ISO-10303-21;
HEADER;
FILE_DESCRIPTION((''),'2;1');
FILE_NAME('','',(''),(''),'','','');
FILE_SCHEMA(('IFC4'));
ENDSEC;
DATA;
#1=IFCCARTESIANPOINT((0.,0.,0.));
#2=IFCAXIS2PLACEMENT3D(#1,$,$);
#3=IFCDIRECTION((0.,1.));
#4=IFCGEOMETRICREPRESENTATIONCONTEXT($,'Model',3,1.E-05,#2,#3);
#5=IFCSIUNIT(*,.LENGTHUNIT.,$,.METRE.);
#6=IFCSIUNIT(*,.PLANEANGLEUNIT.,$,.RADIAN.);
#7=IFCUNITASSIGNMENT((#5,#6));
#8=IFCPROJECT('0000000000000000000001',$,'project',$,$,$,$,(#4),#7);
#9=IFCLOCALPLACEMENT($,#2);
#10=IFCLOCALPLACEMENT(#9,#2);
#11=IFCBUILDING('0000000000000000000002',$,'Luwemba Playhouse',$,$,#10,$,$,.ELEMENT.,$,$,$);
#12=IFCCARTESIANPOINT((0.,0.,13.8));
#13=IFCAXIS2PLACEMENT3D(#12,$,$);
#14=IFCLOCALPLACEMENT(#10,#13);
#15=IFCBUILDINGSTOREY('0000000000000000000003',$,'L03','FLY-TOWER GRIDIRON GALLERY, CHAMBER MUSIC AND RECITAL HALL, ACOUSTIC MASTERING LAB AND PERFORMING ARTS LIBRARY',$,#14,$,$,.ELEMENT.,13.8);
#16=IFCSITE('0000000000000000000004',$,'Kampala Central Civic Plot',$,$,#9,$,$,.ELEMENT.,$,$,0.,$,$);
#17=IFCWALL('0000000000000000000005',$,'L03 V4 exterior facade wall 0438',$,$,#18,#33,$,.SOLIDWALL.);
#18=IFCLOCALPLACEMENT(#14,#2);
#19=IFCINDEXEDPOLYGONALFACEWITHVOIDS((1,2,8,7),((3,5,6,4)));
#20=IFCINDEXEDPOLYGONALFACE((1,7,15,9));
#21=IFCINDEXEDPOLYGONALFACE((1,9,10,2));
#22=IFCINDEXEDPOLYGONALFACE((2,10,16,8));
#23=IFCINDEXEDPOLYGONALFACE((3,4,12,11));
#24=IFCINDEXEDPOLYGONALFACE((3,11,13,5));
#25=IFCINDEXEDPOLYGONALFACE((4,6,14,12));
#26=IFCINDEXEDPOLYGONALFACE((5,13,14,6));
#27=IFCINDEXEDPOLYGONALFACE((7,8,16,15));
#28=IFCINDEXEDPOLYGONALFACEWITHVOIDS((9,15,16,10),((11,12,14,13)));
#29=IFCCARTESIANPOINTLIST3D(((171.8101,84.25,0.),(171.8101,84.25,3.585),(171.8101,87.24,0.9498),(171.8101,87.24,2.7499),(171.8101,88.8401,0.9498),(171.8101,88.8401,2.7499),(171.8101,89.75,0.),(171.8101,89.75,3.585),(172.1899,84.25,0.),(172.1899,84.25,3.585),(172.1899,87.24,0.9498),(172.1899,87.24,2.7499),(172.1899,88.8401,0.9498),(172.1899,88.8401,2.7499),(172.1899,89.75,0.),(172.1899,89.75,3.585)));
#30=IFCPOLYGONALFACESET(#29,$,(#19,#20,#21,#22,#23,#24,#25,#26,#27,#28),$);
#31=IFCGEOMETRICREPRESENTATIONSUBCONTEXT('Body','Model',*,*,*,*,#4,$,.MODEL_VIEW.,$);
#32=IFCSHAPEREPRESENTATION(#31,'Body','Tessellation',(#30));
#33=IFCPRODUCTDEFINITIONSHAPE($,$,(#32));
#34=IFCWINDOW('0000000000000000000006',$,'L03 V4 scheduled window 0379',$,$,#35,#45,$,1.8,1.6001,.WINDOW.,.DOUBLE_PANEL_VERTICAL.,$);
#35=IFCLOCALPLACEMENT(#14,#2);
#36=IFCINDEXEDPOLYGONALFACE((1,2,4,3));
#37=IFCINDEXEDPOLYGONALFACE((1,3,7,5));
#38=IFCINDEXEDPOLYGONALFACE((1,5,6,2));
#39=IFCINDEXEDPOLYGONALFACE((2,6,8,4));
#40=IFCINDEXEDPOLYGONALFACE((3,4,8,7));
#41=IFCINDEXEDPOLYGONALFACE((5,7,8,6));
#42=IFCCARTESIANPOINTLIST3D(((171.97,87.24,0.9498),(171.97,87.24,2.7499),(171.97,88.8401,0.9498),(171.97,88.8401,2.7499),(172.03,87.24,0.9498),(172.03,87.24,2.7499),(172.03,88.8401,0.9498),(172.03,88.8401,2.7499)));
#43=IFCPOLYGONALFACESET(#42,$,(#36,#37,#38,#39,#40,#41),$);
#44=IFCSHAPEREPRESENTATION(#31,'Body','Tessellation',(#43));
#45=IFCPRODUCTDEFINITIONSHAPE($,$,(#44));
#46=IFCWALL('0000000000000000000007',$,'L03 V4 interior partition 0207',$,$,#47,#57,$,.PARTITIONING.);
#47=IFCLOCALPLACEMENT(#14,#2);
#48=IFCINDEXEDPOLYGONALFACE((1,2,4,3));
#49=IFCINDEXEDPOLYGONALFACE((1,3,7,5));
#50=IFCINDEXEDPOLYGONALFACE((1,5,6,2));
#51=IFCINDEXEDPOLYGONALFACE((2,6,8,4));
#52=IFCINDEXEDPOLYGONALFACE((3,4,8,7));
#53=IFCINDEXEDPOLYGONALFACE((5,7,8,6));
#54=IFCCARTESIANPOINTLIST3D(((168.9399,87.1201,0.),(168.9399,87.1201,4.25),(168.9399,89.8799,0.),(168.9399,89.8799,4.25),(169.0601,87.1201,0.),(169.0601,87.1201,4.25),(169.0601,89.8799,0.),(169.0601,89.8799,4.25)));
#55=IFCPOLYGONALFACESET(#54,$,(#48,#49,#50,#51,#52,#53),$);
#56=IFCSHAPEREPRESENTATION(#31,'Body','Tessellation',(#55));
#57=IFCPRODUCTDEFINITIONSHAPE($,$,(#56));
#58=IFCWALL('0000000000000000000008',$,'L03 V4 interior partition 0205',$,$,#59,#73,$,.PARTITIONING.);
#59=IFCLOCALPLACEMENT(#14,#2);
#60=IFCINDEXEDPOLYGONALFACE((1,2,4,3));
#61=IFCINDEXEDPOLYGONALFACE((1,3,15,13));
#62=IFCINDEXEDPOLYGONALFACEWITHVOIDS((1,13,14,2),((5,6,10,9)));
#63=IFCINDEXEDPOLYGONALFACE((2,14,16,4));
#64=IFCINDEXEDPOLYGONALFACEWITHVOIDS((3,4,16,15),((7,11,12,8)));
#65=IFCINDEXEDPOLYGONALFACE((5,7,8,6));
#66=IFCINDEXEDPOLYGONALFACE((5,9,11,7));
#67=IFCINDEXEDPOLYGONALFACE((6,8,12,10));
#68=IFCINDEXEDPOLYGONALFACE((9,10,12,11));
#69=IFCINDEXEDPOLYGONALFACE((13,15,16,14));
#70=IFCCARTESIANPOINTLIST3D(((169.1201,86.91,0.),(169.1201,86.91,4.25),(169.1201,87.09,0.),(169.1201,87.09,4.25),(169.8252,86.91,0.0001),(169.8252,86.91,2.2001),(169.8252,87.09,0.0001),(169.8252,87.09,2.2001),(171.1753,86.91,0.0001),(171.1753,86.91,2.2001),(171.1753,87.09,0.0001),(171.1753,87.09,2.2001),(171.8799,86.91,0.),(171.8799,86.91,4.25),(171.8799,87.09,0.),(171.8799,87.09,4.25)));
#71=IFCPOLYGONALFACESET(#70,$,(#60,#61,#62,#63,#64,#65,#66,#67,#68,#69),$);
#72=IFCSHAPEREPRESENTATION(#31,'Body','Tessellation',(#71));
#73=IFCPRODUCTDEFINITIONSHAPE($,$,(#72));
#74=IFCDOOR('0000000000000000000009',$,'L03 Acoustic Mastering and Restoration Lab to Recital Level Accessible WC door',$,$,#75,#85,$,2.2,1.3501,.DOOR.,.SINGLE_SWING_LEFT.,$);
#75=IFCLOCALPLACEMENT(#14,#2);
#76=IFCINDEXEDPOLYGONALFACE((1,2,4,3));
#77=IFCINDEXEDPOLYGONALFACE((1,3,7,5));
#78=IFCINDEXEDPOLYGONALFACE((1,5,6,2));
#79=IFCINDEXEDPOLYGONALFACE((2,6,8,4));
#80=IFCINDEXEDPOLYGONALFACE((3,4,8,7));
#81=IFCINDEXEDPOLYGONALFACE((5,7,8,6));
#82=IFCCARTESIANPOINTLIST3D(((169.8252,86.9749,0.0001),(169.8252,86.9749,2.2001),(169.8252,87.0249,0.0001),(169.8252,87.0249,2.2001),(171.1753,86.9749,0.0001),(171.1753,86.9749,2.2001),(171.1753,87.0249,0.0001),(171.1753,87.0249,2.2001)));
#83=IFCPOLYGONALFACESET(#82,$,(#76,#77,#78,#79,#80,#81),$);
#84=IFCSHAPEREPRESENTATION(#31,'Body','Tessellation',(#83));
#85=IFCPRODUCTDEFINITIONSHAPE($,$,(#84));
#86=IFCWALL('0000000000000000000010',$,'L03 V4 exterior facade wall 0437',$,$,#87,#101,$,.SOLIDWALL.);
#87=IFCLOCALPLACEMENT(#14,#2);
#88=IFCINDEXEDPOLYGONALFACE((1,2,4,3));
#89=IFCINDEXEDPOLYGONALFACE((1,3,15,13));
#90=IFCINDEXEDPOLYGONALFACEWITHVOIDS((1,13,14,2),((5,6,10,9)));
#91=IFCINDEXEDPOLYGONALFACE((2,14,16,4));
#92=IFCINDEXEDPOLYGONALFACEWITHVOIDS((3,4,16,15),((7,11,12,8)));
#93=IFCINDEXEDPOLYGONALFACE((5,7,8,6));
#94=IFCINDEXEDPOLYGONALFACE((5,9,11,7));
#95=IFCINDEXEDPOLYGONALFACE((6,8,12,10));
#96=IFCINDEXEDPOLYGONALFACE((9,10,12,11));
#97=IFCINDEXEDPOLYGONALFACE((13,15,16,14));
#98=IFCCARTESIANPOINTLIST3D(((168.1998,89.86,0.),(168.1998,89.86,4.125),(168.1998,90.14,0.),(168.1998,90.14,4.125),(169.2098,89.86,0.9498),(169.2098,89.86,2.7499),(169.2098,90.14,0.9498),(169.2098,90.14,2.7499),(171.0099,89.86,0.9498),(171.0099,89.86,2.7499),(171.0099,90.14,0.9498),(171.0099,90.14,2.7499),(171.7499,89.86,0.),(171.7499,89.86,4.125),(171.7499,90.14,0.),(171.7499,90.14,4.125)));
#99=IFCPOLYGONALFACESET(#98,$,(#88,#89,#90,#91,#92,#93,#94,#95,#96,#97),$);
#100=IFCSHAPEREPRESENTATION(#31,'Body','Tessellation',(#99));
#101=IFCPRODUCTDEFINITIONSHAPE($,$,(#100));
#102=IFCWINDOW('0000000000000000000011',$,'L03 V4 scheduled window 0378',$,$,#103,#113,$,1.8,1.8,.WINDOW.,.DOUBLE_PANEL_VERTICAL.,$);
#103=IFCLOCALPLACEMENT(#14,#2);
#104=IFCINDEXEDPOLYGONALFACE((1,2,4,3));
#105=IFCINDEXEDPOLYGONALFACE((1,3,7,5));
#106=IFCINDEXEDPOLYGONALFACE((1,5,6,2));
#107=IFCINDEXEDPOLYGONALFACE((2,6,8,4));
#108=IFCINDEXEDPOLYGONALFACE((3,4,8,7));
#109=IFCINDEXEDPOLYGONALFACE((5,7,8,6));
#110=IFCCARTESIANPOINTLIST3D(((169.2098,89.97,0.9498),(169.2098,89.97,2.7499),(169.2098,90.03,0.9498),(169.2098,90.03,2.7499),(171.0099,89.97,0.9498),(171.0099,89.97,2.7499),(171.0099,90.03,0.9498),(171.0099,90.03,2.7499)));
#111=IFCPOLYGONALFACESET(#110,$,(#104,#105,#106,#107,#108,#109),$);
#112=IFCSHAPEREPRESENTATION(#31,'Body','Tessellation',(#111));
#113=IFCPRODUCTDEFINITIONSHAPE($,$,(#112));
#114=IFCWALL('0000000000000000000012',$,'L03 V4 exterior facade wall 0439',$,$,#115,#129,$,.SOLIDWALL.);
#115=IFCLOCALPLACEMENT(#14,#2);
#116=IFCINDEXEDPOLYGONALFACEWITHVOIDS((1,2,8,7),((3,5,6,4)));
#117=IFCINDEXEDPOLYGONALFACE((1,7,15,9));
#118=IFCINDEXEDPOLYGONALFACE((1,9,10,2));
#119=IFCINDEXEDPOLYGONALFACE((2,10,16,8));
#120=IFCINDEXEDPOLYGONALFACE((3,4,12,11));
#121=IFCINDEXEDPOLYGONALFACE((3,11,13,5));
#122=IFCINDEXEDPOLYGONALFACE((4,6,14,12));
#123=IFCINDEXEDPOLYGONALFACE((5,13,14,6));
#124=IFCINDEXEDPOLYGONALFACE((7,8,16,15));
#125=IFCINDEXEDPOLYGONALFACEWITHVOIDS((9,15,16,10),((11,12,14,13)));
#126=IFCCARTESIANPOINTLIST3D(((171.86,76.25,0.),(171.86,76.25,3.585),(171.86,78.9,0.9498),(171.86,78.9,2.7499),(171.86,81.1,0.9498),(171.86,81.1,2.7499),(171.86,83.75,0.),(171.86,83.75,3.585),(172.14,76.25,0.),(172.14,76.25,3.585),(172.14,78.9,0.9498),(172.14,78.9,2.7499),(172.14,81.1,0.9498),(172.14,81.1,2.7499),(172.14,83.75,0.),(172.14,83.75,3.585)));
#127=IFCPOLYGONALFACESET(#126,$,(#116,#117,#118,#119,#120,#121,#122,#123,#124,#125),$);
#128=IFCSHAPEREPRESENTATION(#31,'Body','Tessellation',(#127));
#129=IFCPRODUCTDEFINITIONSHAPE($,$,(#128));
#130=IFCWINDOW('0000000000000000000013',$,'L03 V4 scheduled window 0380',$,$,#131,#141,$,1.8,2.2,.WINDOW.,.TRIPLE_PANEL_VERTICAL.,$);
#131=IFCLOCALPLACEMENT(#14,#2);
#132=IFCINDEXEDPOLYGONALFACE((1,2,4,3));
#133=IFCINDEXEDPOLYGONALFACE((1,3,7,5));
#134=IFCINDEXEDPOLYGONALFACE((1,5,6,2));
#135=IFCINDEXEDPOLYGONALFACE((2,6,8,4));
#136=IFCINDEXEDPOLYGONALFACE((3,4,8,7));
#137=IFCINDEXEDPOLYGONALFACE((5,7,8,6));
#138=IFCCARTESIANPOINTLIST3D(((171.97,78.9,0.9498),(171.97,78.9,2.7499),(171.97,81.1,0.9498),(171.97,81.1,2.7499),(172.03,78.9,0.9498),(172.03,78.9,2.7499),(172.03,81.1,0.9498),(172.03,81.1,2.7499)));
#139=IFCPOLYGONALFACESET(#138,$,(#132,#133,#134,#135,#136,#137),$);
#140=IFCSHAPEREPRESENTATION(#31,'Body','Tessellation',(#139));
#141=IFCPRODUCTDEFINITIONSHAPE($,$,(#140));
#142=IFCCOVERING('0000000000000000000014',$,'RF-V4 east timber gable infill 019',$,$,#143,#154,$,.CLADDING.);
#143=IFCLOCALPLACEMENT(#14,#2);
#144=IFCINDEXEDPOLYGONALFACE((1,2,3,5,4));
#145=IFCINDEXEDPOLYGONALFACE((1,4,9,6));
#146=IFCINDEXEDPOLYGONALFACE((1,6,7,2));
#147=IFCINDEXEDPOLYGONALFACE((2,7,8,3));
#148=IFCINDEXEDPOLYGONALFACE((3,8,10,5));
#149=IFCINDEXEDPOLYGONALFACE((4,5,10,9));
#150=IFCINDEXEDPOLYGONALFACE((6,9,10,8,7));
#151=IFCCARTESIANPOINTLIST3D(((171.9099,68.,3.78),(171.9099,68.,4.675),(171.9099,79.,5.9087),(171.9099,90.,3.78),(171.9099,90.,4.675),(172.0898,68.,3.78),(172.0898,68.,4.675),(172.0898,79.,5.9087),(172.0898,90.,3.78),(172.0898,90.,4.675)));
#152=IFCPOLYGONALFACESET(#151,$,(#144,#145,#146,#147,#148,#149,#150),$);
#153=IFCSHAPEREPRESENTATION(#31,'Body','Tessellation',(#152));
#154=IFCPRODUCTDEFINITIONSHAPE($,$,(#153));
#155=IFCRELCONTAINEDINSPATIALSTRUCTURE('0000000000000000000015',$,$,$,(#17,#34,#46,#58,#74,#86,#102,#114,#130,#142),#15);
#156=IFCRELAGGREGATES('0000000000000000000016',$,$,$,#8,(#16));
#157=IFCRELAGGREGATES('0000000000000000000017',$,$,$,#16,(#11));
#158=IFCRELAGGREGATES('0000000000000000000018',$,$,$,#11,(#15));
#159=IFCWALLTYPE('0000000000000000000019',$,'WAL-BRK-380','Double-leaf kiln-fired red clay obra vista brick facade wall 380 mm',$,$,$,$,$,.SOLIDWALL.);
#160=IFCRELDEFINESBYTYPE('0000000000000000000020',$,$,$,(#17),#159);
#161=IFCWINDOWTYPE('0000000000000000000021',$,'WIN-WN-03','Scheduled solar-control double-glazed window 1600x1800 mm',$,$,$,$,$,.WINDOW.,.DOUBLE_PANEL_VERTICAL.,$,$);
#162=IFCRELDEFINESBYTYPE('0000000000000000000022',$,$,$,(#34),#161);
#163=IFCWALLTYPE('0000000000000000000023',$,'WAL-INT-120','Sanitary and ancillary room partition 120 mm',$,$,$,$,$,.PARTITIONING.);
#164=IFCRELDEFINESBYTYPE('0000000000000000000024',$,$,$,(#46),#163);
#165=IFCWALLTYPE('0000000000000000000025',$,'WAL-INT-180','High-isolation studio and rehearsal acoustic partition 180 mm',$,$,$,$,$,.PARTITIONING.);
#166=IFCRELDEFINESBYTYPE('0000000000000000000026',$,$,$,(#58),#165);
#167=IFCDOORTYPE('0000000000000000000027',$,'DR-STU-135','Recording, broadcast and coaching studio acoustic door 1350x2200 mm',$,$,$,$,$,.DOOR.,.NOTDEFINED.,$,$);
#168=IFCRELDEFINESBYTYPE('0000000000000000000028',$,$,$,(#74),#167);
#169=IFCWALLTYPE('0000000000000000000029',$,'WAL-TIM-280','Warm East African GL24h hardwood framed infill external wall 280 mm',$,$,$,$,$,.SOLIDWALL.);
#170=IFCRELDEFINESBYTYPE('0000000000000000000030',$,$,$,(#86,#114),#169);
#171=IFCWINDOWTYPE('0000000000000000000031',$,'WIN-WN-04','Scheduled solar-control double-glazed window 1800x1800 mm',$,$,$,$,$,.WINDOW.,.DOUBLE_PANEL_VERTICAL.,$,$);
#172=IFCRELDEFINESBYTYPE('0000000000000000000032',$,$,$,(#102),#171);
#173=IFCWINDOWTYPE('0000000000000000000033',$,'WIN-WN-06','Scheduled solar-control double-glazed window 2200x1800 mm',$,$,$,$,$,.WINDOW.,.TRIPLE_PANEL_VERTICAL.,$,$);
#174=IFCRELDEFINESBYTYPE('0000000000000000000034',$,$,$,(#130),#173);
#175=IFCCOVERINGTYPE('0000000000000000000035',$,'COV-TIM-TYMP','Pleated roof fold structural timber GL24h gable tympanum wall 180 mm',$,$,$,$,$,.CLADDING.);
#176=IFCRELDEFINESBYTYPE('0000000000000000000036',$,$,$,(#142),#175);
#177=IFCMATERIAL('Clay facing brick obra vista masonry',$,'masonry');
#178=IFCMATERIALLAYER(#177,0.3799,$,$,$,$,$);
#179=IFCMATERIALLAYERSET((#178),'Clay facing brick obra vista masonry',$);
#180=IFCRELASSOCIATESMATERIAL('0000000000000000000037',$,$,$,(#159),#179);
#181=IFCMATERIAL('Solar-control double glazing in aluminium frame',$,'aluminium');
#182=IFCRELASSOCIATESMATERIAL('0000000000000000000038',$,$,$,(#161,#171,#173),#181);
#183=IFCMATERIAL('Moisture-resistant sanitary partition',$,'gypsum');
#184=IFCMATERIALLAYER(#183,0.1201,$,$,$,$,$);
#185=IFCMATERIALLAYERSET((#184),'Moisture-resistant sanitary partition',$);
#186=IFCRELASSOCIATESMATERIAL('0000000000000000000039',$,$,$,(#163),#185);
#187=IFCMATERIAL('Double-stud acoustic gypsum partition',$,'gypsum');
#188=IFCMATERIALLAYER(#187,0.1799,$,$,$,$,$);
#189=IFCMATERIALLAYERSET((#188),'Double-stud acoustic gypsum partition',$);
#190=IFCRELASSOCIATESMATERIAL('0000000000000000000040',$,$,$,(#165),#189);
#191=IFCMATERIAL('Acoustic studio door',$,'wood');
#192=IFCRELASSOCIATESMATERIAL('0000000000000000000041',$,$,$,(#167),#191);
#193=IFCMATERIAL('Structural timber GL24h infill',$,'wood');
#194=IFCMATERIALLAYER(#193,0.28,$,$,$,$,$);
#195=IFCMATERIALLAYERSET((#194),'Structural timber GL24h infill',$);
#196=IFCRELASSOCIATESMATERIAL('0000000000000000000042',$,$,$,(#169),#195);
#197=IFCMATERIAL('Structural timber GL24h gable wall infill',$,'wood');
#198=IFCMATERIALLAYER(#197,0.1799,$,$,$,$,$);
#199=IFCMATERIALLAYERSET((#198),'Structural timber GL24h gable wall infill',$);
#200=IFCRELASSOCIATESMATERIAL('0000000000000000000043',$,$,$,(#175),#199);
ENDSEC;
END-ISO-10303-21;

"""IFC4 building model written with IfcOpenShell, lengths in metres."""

from ifc_helpers import new_model, si_unit, direction, frame, frame_2d, origin, place, context, subcontext, project, spatial, polyline, rectangle, outline, extrude, material, layer, layer_set, type_object, element, fill, save


model = new_model("IFC4")

# Units and contexts
model_context = context("Model", 3, precision=1e-05, world=origin(), true_north=direction((0.0, 1.0)))
body_context = subcontext(model_context, "Body", "Model", "MODEL_VIEW")
ifc_project = project(units=[si_unit("LENGTHUNIT", "METRE"), si_unit("PLANEANGLEUNIT", "RADIAN")], contexts=[model_context])

# Site, building, storey
site_placement = place(None, origin())
site = spatial("IfcSite", under=ifc_project, at=site_placement, Name="Kampala Central Civic Plot", CompositionType="ELEMENT", RefElevation=0.0)
building_placement = place(site_placement, origin())
building = spatial("IfcBuilding", under=site, at=building_placement, Name="Luwemba Playhouse", CompositionType="ELEMENT")
storey_placement = place(building_placement, frame((0.0, 0.0, 13.8)))
storey = spatial("IfcBuildingStorey", under=building, at=storey_placement, Name="L03", Description="FLY-TOWER GRIDIRON GALLERY, CHAMBER MUSIC AND RECITAL HALL, ACOUSTIC MASTERING LAB AND PERFORMING ARTS LIBRARY", CompositionType="ELEMENT", Elevation=13.8)

# Wall, opening, window
ifc_material_1 = material(Name="Clay facing brick obra vista masonry", Category="masonry")
ifc_layer_1 = layer(ifc_material_1, 0.3799)
ifc_layer_set_1 = layer_set([ifc_layer_1], Name="Clay facing brick obra vista masonry")
wall_type_1 = type_object("IfcWallType", Name="WAL-BRK-380", Description="Double-leaf kiln-fired red clay obra vista brick facade wall 380 mm", PredefinedType="SOLIDWALL", material=ifc_layer_set_1)
wall_1_placement = place(storey_placement, frame((172.0, 89.75, 0.0), z_axis=(0.0, 0.0, 1.0), x_axis=(0.0, -1.0, 0.0)))
wall_1 = element("IfcWall", 1, at=wall_1_placement, inside=storey, type_object=wall_type_1, Name="L03 V4 exterior facade wall 0438", PredefinedType="SOLIDWALL", context=body_context, shape_type="SweptSolid", body=[
    extrude(rectangle(XDim=5.5, YDim=0.3799, at=frame_2d((2.75, 0.0))), origin(), (0.0, 0.0, 1.0), 3.585),
])
opening_1_placement = place(wall_1_placement, frame((0.9099, 0.0, 0.95)))
opening_1 = element("IfcOpeningElement", 2, at=opening_1_placement, cuts=wall_1, PredefinedType="OPENING", context=body_context, shape_type="SweptSolid", body=[
    extrude(rectangle(XDim=1.6001, YDim=1.8, at=frame_2d((0.8, 0.8999))), frame((0.0, 0.2, 0.0), z_axis=(0.0, -1.0, 0.0), x_axis=(1.0, 0.0, 0.0)), (0.0, 0.0, 1.0), 0.3999),
])
ifc_material_2 = material(Name="Solar-control double glazing in aluminium frame", Category="aluminium")
window_type_1 = type_object("IfcWindowType", Name="WIN-WN-03", Description="Scheduled solar-control double-glazed window 1600x1800 mm", PartitioningType="DOUBLE_PANEL_VERTICAL", PredefinedType="WINDOW", material=ifc_material_2)
window_1_placement = place(opening_1_placement, origin())
window_1 = element("IfcWindow", 3, at=window_1_placement, inside=storey, type_object=window_type_1, Name="L03 V4 scheduled window 0379", OverallHeight=1.8, OverallWidth=1.6001, PartitioningType="DOUBLE_PANEL_VERTICAL", PredefinedType="WINDOW", context=body_context, shape_type="SweptSolid", body=[
    extrude(rectangle(XDim=1.6001, YDim=1.8, at=frame_2d((0.8, 0.8999))), frame((0.0, 0.03, 0.0), z_axis=(0.0, -1.0, 0.0), x_axis=(1.0, 0.0, 0.0)), (0.0, 0.0, 1.0), 0.0601),
])
fill(opening_1, window_1)

# Wall
ifc_material_3 = material(Name="Moisture-resistant sanitary partition", Category="gypsum")
ifc_layer_2 = layer(ifc_material_3, 0.1201)
ifc_layer_set_2 = layer_set([ifc_layer_2], Name="Moisture-resistant sanitary partition")
wall_type_2 = type_object("IfcWallType", Name="WAL-INT-120", Description="Sanitary and ancillary room partition 120 mm", PredefinedType="PARTITIONING", material=ifc_layer_set_2)
wall_2_placement = place(storey_placement, frame((169.0, 87.1201, 0.0), z_axis=(0.0, 0.0, 1.0), x_axis=(0.0, 1.0, 0.0)))
element("IfcWall", 4, at=wall_2_placement, inside=storey, type_object=wall_type_2, Name="L03 V4 interior partition 0207", PredefinedType="PARTITIONING", context=body_context, shape_type="SweptSolid", body=[
    extrude(rectangle(XDim=2.7598, YDim=0.1201, at=frame_2d((1.3799, 0.0))), origin(), (0.0, 0.0, 1.0), 4.25),
])

# Wall, opening, door
ifc_material_4 = material(Name="Double-stud acoustic gypsum partition", Category="gypsum")
ifc_layer_3 = layer(ifc_material_4, 0.1799)
ifc_layer_set_3 = layer_set([ifc_layer_3], Name="Double-stud acoustic gypsum partition")
wall_type_3 = type_object("IfcWallType", Name="WAL-INT-180", Description="High-isolation studio and rehearsal acoustic partition 180 mm", PredefinedType="PARTITIONING", material=ifc_layer_set_3)
wall_3_placement = place(storey_placement, frame((169.1201, 87.0, 0.0), z_axis=(0.0, 0.0, 1.0), x_axis=(1.0, 0.0, 0.0)))
wall_3 = element("IfcWall", 5, at=wall_3_placement, inside=storey, type_object=wall_type_3, Name="L03 V4 interior partition 0205", PredefinedType="PARTITIONING", context=body_context, shape_type="SweptSolid", body=[
    extrude(rectangle(XDim=2.7598, YDim=0.1799, at=frame_2d((1.3799, 0.0))), origin(), (0.0, 0.0, 1.0), 4.25),
])
opening_2_placement = place(wall_3_placement, frame((0.7051, 0.0, 0.0)))
opening_2 = element("IfcOpeningElement", 6, at=opening_2_placement, cuts=wall_3, PredefinedType="OPENING", context=body_context, shape_type="SweptSolid", body=[
    extrude(rectangle(XDim=1.3501, YDim=2.2, at=frame_2d((0.675, 1.1001))), frame((0.0, 0.0999, 0.0), z_axis=(0.0, -1.0, 0.0), x_axis=(1.0, 0.0, 0.0)), (0.0, 0.0, 1.0), 0.2),
])
ifc_material_5 = material(Name="Acoustic studio door", Category="wood")
door_type = type_object("IfcDoorType", Name="DR-STU-135", Description="Recording, broadcast and coaching studio acoustic door 1350x2200 mm", OperationType="NOTDEFINED", PredefinedType="DOOR", material=ifc_material_5)
door_placement = place(opening_2_placement, origin())
door = element("IfcDoor", 7, at=door_placement, inside=storey, type_object=door_type, Name="L03 Acoustic Mastering and Restoration Lab to Recital Level Accessible WC door", OperationType="SINGLE_SWING_LEFT", OverallHeight=2.2, OverallWidth=1.3501, PredefinedType="DOOR", context=body_context, shape_type="SweptSolid", body=[
    extrude(rectangle(XDim=1.3501, YDim=2.2, at=frame_2d((0.675, 1.1001))), frame((0.0, 0.0249, 0.0), z_axis=(0.0, -1.0, 0.0), x_axis=(1.0, 0.0, 0.0)), (0.0, 0.0, 1.0), 0.05),
])
fill(opening_2, door)

# Walls, openings, windows
ifc_material_6 = material(Name="Structural timber GL24h infill", Category="wood")
ifc_layer_4 = layer(ifc_material_6, 0.28)
ifc_layer_set_4 = layer_set([ifc_layer_4], Name="Structural timber GL24h infill")
wall_type_4 = type_object("IfcWallType", Name="WAL-TIM-280", Description="Warm East African GL24h hardwood framed infill external wall 280 mm", PredefinedType="SOLIDWALL", material=ifc_layer_set_4)
wall_4_placement = place(storey_placement, frame((168.2, 90.0, 0.0), z_axis=(0.0, 0.0, 1.0), x_axis=(1.0, 0.0, 0.0)))
wall_4 = element("IfcWall", 8, at=wall_4_placement, inside=storey, type_object=wall_type_4, Name="L03 V4 exterior facade wall 0437", PredefinedType="SOLIDWALL", context=body_context, shape_type="SweptSolid", body=[
    extrude(rectangle(XDim=3.55, YDim=0.28, at=frame_2d((1.7749, 0.0))), origin(), (0.0, 0.0, 1.0), 4.125),
])
opening_3_placement = place(wall_4_placement, frame((1.01, 0.0, 0.95)))
opening_3 = element("IfcOpeningElement", 9, at=opening_3_placement, cuts=wall_4, PredefinedType="OPENING", context=body_context, shape_type="SweptSolid", body=[
    extrude(rectangle(XDim=1.8, YDim=1.8, at=frame_2d((0.8999, 0.8999))), frame((0.0, 0.1499, 0.0), z_axis=(0.0, -1.0, 0.0), x_axis=(1.0, 0.0, 0.0)), (0.0, 0.0, 1.0), 0.3),
])
window_type_2 = type_object("IfcWindowType", Name="WIN-WN-04", Description="Scheduled solar-control double-glazed window 1800x1800 mm", PartitioningType="DOUBLE_PANEL_VERTICAL", PredefinedType="WINDOW", material=ifc_material_2)
window_2_placement = place(opening_3_placement, origin())
window_2 = element("IfcWindow", 10, at=window_2_placement, inside=storey, type_object=window_type_2, Name="L03 V4 scheduled window 0378", OverallHeight=1.8, OverallWidth=1.8, PartitioningType="DOUBLE_PANEL_VERTICAL", PredefinedType="WINDOW", context=body_context, shape_type="SweptSolid", body=[
    extrude(rectangle(XDim=1.8, YDim=1.8, at=frame_2d((0.8999, 0.8999))), frame((0.0, 0.03, 0.0), z_axis=(0.0, -1.0, 0.0), x_axis=(1.0, 0.0, 0.0)), (0.0, 0.0, 1.0), 0.0601),
])
fill(opening_3, window_2)
wall_5_placement = place(storey_placement, frame((172.0, 83.75, 0.0), z_axis=(0.0, 0.0, 1.0), x_axis=(0.0, -1.0, 0.0)))
wall_5 = element("IfcWall", 11, at=wall_5_placement, inside=storey, type_object=wall_type_4, Name="L03 V4 exterior facade wall 0439", PredefinedType="SOLIDWALL", context=body_context, shape_type="SweptSolid", body=[
    extrude(rectangle(XDim=7.5, YDim=0.28, at=frame_2d((3.75, 0.0))), origin(), (0.0, 0.0, 1.0), 3.585),
])
opening_4_placement = place(wall_5_placement, frame((2.6499, 0.0, 0.95)))
opening_4 = element("IfcOpeningElement", 12, at=opening_4_placement, cuts=wall_5, PredefinedType="OPENING", context=body_context, shape_type="SweptSolid", body=[
    extrude(rectangle(XDim=2.2, YDim=1.8, at=frame_2d((1.1001, 0.8999))), frame((0.0, 0.1499, 0.0), z_axis=(0.0, -1.0, 0.0), x_axis=(1.0, 0.0, 0.0)), (0.0, 0.0, 1.0), 0.3),
])
window_type_3 = type_object("IfcWindowType", Name="WIN-WN-06", Description="Scheduled solar-control double-glazed window 2200x1800 mm", PartitioningType="TRIPLE_PANEL_VERTICAL", PredefinedType="WINDOW", material=ifc_material_2)
window_3_placement = place(opening_4_placement, origin())
window_3 = element("IfcWindow", 13, at=window_3_placement, inside=storey, type_object=window_type_3, Name="L03 V4 scheduled window 0380", OverallHeight=1.8, OverallWidth=2.2, PartitioningType="TRIPLE_PANEL_VERTICAL", PredefinedType="WINDOW", context=body_context, shape_type="SweptSolid", body=[
    extrude(rectangle(XDim=2.2, YDim=1.8, at=frame_2d((1.1001, 0.8999))), frame((0.0, 0.03, 0.0), z_axis=(0.0, -1.0, 0.0), x_axis=(1.0, 0.0, 0.0)), (0.0, 0.0, 1.0), 0.0601),
])
fill(opening_4, window_3)

# Covering
ifc_material_7 = material(Name="Structural timber GL24h gable wall infill", Category="wood")
ifc_layer_5 = layer(ifc_material_7, 0.1799)
ifc_layer_set_5 = layer_set([ifc_layer_5], Name="Structural timber GL24h gable wall infill")
covering_type = type_object("IfcCoveringType", Name="COV-TIM-TYMP", Description="Pleated roof fold structural timber GL24h gable tympanum wall 180 mm", PredefinedType="CLADDING", material=ifc_layer_set_5)
covering_placement = place(storey_placement, frame((172.0, 90.0, 3.78), z_axis=(0.0, 0.0, 1.0), x_axis=(0.0, -1.0, 0.0)))
element("IfcCovering", 14, at=covering_placement, inside=storey, type_object=covering_type, Name="RF-V4 east timber gable infill 019", PredefinedType="CLADDING", context=body_context, shape_type="SweptSolid", body=[
    extrude(outline(polyline([(0.0, 0.0), (22.0, 0.0), (22.0, 0.895), (11.0, 2.1287), (0.0, 0.895), (0.0, 0.0)])), frame((0.0, 0.0898, 0.0), z_axis=(0.0, -1.0, 0.0), x_axis=(1.0, 0.0, 0.0)), (0.0, 0.0, 1.0), 0.1799),
])

save(model, "model.ifc")
